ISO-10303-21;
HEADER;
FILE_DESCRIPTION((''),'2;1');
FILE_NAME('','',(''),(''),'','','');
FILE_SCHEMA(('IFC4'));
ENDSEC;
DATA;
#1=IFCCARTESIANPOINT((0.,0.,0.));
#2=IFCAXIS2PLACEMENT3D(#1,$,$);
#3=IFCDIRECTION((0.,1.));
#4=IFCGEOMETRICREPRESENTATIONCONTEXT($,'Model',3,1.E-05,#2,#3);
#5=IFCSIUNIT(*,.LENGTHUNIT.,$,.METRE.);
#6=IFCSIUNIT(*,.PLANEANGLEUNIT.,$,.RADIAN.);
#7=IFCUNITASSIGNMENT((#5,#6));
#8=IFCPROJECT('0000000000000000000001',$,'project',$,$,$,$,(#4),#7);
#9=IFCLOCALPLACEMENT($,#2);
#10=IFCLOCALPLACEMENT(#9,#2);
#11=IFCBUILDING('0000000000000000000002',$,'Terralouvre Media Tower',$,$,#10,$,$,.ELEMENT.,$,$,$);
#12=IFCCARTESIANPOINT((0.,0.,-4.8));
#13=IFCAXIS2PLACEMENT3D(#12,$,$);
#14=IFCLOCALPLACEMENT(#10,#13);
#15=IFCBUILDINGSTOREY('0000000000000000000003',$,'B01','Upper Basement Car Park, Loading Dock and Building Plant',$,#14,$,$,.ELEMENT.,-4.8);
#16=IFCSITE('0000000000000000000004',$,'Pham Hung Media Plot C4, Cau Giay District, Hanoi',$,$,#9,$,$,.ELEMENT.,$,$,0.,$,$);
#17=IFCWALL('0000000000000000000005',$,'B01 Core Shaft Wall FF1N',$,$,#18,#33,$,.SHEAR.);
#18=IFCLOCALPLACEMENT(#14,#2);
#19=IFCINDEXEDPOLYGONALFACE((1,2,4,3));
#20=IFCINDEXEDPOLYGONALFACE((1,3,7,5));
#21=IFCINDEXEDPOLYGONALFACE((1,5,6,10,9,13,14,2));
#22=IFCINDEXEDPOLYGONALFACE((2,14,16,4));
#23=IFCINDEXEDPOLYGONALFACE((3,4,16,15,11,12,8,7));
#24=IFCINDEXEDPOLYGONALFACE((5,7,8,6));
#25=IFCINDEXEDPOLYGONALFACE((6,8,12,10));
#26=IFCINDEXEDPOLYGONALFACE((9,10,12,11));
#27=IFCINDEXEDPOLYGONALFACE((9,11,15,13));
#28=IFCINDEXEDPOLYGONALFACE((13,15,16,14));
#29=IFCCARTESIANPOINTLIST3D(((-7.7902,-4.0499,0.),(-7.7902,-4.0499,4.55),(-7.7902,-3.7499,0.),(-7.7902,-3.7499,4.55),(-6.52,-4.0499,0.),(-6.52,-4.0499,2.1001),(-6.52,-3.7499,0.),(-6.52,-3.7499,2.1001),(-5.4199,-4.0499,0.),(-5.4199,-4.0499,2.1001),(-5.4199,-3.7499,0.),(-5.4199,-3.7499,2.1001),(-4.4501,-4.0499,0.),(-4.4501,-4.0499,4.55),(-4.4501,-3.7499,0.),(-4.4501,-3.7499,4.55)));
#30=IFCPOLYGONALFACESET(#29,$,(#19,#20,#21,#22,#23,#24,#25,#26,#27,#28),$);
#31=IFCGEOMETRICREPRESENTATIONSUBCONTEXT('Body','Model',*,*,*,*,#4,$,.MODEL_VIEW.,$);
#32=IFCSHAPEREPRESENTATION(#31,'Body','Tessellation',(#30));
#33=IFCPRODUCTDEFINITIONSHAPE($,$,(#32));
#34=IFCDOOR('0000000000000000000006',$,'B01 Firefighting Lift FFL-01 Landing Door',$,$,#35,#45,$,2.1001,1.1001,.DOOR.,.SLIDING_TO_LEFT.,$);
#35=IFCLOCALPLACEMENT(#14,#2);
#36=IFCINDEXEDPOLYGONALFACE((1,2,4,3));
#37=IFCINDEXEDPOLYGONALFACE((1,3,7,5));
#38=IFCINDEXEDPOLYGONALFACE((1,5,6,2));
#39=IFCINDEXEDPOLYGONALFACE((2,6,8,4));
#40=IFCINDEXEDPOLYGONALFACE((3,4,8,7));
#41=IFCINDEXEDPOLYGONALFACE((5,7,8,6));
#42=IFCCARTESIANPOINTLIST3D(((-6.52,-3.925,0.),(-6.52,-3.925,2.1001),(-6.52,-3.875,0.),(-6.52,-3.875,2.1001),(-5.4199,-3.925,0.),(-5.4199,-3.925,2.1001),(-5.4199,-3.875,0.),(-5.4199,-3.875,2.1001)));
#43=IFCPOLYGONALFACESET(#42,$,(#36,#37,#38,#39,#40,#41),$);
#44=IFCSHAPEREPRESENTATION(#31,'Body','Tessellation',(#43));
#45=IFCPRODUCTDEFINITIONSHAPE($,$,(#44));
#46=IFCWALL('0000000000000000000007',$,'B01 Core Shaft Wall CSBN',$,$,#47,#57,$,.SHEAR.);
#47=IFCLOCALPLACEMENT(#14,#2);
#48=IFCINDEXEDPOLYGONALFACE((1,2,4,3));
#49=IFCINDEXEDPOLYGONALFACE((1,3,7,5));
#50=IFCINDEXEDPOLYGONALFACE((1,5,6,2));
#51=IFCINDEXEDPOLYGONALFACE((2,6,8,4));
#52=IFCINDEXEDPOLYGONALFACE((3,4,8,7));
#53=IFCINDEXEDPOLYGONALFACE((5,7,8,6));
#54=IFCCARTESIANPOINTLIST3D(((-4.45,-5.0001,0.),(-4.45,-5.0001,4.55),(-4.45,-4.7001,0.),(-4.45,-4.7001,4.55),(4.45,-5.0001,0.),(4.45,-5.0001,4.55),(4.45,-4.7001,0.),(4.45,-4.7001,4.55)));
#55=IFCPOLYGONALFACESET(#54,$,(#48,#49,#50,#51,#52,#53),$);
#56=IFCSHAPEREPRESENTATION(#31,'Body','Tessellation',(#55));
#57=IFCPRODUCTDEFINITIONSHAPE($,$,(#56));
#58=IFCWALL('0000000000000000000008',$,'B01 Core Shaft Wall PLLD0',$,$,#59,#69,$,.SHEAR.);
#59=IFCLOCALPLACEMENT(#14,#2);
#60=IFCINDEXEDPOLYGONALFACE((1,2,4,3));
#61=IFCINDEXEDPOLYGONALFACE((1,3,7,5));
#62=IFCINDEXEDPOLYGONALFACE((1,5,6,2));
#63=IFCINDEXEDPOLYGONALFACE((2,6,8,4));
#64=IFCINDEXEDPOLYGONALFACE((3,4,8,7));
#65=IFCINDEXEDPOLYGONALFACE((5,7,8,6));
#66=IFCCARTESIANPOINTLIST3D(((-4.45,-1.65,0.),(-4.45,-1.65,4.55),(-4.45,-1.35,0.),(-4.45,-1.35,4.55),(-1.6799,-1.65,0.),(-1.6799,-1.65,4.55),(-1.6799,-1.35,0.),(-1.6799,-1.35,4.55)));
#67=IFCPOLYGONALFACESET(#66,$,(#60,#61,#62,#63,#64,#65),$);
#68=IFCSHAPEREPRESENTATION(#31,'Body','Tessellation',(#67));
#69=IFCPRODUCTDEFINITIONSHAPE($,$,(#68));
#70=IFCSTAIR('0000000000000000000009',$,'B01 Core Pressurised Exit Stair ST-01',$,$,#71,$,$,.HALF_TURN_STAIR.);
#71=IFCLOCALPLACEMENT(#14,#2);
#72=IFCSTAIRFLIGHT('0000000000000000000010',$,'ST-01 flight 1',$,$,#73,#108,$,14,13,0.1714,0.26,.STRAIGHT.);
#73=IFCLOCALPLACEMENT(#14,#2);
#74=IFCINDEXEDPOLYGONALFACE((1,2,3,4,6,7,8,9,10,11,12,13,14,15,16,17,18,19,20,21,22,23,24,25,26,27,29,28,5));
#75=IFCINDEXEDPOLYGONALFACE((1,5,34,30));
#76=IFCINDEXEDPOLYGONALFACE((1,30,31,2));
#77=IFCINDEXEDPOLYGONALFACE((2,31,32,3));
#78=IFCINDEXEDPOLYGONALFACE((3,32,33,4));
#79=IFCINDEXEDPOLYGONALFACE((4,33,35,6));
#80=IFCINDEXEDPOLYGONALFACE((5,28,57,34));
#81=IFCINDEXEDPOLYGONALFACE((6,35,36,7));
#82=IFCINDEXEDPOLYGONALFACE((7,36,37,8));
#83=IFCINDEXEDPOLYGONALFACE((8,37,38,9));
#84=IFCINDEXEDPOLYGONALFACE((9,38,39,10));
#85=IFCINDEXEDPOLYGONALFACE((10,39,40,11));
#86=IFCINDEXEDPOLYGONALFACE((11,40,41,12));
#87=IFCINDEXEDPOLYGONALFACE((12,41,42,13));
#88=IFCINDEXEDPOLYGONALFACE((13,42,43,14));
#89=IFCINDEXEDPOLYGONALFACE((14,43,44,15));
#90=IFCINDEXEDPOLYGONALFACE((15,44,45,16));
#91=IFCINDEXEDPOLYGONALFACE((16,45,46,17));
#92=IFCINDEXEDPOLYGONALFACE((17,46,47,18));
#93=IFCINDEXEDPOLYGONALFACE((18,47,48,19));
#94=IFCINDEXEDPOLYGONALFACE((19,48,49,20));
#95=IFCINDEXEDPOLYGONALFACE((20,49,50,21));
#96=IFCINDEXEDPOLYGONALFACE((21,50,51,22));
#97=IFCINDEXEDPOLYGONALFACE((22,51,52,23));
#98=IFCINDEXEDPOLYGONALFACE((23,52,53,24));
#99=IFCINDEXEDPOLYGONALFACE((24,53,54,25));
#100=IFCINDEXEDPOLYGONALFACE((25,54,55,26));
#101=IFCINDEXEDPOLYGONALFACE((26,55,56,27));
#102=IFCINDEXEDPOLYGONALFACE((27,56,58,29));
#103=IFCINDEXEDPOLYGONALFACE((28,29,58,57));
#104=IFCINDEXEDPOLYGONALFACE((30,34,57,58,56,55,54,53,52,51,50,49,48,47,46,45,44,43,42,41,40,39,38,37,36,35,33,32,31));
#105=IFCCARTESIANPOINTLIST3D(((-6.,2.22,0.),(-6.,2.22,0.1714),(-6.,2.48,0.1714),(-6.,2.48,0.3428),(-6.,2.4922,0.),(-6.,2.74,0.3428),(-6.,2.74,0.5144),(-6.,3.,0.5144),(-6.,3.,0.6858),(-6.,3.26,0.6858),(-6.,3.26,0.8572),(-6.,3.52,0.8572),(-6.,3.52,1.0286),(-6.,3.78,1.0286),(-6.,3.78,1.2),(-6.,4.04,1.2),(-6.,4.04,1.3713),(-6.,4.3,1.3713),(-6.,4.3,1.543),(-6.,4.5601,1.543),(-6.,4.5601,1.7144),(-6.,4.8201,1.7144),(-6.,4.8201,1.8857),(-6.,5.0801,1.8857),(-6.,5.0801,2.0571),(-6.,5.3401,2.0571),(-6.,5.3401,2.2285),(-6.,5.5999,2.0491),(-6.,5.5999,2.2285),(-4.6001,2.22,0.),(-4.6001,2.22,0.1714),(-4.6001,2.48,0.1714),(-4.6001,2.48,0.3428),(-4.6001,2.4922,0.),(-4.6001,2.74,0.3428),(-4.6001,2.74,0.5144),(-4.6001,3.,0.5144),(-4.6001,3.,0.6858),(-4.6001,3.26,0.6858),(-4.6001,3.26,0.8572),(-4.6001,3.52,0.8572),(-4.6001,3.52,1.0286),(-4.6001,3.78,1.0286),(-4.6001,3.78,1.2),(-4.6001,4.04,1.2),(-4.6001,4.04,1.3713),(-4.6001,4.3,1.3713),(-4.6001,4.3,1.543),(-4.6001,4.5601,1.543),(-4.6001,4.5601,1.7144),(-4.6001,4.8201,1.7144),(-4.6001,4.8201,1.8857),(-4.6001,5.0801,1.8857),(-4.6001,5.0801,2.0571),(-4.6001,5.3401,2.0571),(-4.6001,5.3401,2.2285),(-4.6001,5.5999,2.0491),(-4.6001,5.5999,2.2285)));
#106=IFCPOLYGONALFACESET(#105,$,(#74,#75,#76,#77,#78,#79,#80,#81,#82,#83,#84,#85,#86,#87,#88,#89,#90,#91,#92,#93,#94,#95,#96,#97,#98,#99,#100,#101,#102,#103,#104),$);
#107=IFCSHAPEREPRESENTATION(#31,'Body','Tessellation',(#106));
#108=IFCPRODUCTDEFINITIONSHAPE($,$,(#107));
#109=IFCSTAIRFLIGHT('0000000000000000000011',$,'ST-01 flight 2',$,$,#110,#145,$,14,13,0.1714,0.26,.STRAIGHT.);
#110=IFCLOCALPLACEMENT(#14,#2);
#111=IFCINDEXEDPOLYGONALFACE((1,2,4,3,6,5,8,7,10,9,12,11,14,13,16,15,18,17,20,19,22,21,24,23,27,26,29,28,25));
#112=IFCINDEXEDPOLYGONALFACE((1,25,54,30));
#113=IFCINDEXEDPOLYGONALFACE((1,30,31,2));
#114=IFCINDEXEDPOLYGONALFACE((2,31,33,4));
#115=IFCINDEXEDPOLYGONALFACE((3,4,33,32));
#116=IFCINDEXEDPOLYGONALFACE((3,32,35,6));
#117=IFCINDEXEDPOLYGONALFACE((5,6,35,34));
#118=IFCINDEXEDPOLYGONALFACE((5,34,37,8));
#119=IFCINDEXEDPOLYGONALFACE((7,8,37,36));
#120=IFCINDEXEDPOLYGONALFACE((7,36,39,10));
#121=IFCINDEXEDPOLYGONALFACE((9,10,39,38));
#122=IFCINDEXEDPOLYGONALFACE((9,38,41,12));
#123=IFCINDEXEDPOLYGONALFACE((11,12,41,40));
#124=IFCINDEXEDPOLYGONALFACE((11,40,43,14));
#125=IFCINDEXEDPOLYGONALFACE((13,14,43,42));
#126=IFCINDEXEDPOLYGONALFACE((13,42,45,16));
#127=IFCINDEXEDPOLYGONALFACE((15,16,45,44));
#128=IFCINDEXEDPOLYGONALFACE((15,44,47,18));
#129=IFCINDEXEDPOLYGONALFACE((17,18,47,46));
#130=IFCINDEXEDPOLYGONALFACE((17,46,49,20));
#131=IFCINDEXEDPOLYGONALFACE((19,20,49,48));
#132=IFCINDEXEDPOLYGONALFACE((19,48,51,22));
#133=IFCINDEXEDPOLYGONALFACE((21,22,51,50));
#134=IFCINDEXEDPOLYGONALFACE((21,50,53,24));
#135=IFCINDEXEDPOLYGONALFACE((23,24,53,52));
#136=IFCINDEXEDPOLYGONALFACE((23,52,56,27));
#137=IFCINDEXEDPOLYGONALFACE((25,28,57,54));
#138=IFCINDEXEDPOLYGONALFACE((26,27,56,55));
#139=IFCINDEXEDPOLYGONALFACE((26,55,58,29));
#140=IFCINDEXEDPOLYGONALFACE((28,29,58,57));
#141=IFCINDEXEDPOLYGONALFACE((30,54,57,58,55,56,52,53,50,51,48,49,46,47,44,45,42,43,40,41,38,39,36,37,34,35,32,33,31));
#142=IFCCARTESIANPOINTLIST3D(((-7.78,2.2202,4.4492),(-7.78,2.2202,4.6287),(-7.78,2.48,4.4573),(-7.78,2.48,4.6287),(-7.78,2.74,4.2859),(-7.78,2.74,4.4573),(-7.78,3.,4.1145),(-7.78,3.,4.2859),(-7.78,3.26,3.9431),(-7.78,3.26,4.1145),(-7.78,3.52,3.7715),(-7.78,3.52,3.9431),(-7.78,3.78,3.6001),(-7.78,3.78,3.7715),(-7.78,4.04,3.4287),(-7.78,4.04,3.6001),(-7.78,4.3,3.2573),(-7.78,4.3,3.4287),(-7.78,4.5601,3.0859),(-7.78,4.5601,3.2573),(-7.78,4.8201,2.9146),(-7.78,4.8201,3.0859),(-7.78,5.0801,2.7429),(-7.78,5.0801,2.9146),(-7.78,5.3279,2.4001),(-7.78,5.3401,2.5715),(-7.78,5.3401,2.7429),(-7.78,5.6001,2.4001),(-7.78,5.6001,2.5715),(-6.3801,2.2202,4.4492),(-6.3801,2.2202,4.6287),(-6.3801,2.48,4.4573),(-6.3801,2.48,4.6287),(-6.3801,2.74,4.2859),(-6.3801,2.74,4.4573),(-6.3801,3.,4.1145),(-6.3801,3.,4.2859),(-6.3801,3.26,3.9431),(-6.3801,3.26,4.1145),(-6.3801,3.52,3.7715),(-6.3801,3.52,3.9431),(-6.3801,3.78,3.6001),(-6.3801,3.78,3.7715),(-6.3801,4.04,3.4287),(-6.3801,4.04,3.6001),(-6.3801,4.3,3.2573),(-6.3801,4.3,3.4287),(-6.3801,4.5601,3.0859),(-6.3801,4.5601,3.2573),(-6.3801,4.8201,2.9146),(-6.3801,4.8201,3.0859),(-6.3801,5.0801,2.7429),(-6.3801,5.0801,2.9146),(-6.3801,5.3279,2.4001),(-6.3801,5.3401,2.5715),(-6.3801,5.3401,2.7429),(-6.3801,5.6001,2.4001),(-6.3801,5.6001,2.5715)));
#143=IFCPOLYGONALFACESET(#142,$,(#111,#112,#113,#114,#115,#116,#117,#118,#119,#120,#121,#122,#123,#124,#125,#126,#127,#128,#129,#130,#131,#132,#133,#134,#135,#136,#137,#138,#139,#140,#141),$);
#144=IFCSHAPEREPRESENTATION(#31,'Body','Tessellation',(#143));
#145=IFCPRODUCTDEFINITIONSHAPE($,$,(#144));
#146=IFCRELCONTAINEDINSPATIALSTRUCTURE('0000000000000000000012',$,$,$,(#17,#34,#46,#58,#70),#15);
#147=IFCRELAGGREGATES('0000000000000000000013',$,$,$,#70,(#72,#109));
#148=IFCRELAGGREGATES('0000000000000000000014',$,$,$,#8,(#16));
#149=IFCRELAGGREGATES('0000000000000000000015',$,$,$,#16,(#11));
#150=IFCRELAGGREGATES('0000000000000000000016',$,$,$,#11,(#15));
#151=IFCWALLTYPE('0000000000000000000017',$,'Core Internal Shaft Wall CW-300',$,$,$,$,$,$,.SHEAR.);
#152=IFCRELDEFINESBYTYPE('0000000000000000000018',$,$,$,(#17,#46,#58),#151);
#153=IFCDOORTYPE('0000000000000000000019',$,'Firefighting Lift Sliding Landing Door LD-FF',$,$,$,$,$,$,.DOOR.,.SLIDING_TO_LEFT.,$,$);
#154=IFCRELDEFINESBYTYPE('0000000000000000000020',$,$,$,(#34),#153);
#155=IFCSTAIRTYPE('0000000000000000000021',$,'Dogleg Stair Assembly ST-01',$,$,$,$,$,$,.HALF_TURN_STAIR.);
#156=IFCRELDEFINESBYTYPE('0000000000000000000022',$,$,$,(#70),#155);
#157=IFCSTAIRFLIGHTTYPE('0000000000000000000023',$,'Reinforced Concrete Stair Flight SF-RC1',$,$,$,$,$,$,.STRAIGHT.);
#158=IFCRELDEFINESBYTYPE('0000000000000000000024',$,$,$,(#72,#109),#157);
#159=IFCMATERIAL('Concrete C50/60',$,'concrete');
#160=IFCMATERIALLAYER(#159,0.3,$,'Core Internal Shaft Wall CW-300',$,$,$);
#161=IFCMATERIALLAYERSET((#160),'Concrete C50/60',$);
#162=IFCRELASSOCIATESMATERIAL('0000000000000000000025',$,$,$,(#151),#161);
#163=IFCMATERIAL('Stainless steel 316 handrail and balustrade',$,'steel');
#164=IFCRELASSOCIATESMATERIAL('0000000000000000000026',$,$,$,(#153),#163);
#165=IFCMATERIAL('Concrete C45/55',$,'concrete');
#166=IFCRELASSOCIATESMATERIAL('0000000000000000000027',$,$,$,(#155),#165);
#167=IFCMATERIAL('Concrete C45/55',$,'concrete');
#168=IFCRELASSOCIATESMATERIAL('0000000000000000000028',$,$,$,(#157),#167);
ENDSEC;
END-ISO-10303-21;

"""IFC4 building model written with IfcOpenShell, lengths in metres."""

from ifc_helpers import new_model, si_unit, direction, frame, frame_2d, origin, place, context, subcontext, project, spatial, polyline, rectangle, outline, extrude, material, layer, layer_set, type_object, element, fill, aggregate, save


model = new_model("IFC4")

# Units and contexts
model_context = context("Model", 3, precision=1e-05, world=origin(), true_north=direction((0.0, 1.0)))
body_context = subcontext(model_context, "Body", "Model", "MODEL_VIEW")
ifc_project = project(units=[si_unit("LENGTHUNIT", "METRE"), si_unit("PLANEANGLEUNIT", "RADIAN")], contexts=[model_context])

# Site, building, storey
site_placement = place(None, origin())
site = spatial("IfcSite", under=ifc_project, at=site_placement, Name="Pham Hung Media Plot C4, Cau Giay District, Hanoi", CompositionType="ELEMENT", RefElevation=0.0)
building_placement = place(site_placement, origin())
building = spatial("IfcBuilding", under=site, at=building_placement, Name="Terralouvre Media Tower", CompositionType="ELEMENT")
storey_placement = place(building_placement, frame((0.0, 0.0, -4.8)))
storey = spatial("IfcBuildingStorey", under=building, at=storey_placement, Name="B01", Description="Upper Basement Car Park, Loading Dock and Building Plant", CompositionType="ELEMENT", Elevation=-4.8)

# Wall, opening, door
ifc_material_1 = material(Name="Concrete C50/60", Category="concrete")
ifc_layer_1 = layer(ifc_material_1, 0.3, Name="Core Internal Shaft Wall CW-300")
ifc_layer_set_1 = layer_set([ifc_layer_1], Name="Concrete C50/60")
wall_type = type_object("IfcWallType", Name="Core Internal Shaft Wall CW-300", PredefinedType="SHEAR", material=ifc_layer_set_1)
wall_1_placement = place(storey_placement, frame((-7.79, -3.8999, 0.0), z_axis=(0.0, 0.0, 1.0), x_axis=(1.0, 0.0, 0.0)))
wall_1 = element("IfcWall", 1, at=wall_1_placement, inside=storey, type_object=wall_type, Name="B01 Core Shaft Wall FF1N", PredefinedType="SHEAR", context=body_context, shape_type="SweptSolid", body=[
    extrude(rectangle(XDim=3.3401, YDim=0.3, at=frame_2d((1.6699, 0.0))), origin(), (0.0, 0.0, 1.0), 4.55),
])
opening_1_placement = place(wall_1_placement, frame((1.27, 0.0, 0.0)))
opening_1 = element("IfcOpeningElement", 2, at=opening_1_placement, cuts=wall_1, PredefinedType="OPENING", context=body_context, shape_type="SweptSolid", body=[
    extrude(rectangle(XDim=1.1001, YDim=2.1001, at=frame_2d((0.55, 1.05))), frame((0.0, 0.1599, 0.0), z_axis=(0.0, -1.0, 0.0), x_axis=(1.0, 0.0, 0.0)), (0.0, 0.0, 1.0), 0.3201),
])
ifc_material_2 = material(Name="Stainless steel 316 handrail and balustrade", Category="steel")
door_type_1 = type_object("IfcDoorType", Name="Firefighting Lift Sliding Landing Door LD-FF", OperationType="SLIDING_TO_LEFT", PredefinedType="DOOR", material=ifc_material_2)
door_1_placement = place(opening_1_placement, origin())
door_1 = element("IfcDoor", 3, at=door_1_placement, inside=storey, type_object=door_type_1, Name="B01 Firefighting Lift FFL-01 Landing Door", OperationType="SLIDING_TO_LEFT", OverallHeight=2.1001, OverallWidth=1.1001, PredefinedType="DOOR", context=body_context, shape_type="SweptSolid", body=[
    extrude(rectangle(XDim=1.1001, YDim=2.1001, at=frame_2d((0.55, 1.05))), frame((0.0, 0.0249, 0.0), z_axis=(0.0, -1.0, 0.0), x_axis=(1.0, 0.0, 0.0)), (0.0, 0.0, 1.0), 0.05),
])
fill(opening_1, door_1)

# Walls
wall_2_placement = place(storey_placement, frame((-4.45, -4.8501, 0.0), z_axis=(0.0, 0.0, 1.0), x_axis=(1.0, 0.0, 0.0)))
element("IfcWall", 4, at=wall_2_placement, inside=storey, type_object=wall_type, Name="B01 Core Shaft Wall CSBN", PredefinedType="SHEAR", context=body_context, shape_type="SweptSolid", body=[
    extrude(rectangle(XDim=8.8999, YDim=0.3, at=frame_2d((4.45, 0.0))), origin(), (0.0, 0.0, 1.0), 4.55),
])
wall_3_placement = place(storey_placement, frame((-4.45, -1.5, 0.0), z_axis=(0.0, 0.0, 1.0), x_axis=(1.0, 0.0, 0.0)))
element("IfcWall", 5, at=wall_3_placement, inside=storey, type_object=wall_type, Name="B01 Core Shaft Wall PLLD0", PredefinedType="SHEAR", context=body_context, shape_type="SweptSolid", body=[
    extrude(rectangle(XDim=2.77, YDim=0.3, at=frame_2d((1.385, 0.0))), origin(), (0.0, 0.0, 1.0), 4.55),
])

# Stair, stair flights
ifc_material_3 = material(Name="Concrete C45/55", Category="concrete")
stair_type = type_object("IfcStairType", Name="Dogleg Stair Assembly ST-01", PredefinedType="HALF_TURN_STAIR", material=ifc_material_3)
stair_placement = place(storey_placement, origin())
stair = element("IfcStair", 6, at=stair_placement, inside=storey, type_object=stair_type, Name="B01 Core Pressurised Exit Stair ST-01", PredefinedType="HALF_TURN_STAIR")
ifc_material_4 = material(Name="Concrete C45/55", Category="concrete")
stair_flight_type = type_object("IfcStairFlightType", Name="Reinforced Concrete Stair Flight SF-RC1", PredefinedType="STRAIGHT", material=ifc_material_4)
stair_flight_1_placement = place(storey_placement, frame((-5.3, 2.22, 0.0), z_axis=(0.0, 0.0, 1.0), x_axis=(0.0, 1.0, 0.0)))
stair_flight_1 = element("IfcStairFlight", 7, at=stair_flight_1_placement, type_object=stair_flight_type, Name="ST-01 flight 1", NumberOfRisers=14, NumberOfTreads=13, PredefinedType="STRAIGHT", RiserHeight=0.1714, TreadLength=0.26, context=body_context, shape_type="SweptSolid", body=[
    extrude(outline(polyline([(0.0, 0.0), (0.0, 0.1714), (0.26, 0.1714), (0.26, 0.3428), (0.52, 0.3428), (0.52, 0.5144), (0.78, 0.5144), (0.78, 0.6858), (1.04, 0.6858), (1.04, 0.8572), (1.3, 0.8572), (1.3, 1.0286), (1.5601, 1.0286), (1.5601, 1.2), (1.8201, 1.2), (1.8201, 1.3713), (2.0801, 1.3713), (2.0801, 1.543), (2.3401, 1.543), (2.3401, 1.7144), (2.6001, 1.7144), (2.6001, 1.8857), (2.8601, 1.8857), (2.8601, 2.0571), (3.1201, 2.0571), (3.1201, 2.2285), (3.3799, 2.2285), (3.3799, 2.3999), (3.3799, 2.0491), (0.2722, 0.0), (0.0, 0.0)])), frame((0.0, 0.7, 0.0), z_axis=(0.0, -1.0, 0.0), x_axis=(1.0, 0.0, 0.0)), (0.0, 0.0, 1.0), 1.3999),
])
stair_flight_2_placement = place(storey_placement, frame((-7.0801, 5.6001, 2.4001), z_axis=(0.0, 0.0, 1.0), x_axis=(0.0, -1.0, 0.0)))
stair_flight_2 = element("IfcStairFlight", 8, at=stair_flight_2_placement, type_object=stair_flight_type, Name="ST-01 flight 2", NumberOfRisers=14, NumberOfTreads=13, PredefinedType="STRAIGHT", RiserHeight=0.1714, TreadLength=0.26, context=body_context, shape_type="SweptSolid", body=[
    extrude(outline(polyline([(0.0, 0.0), (0.0, 0.1714), (0.26, 0.1714), (0.26, 0.3428), (0.52, 0.3428), (0.52, 0.5144), (0.78, 0.5144), (0.78, 0.6858), (1.04, 0.6858), (1.04, 0.8572), (1.3, 0.8572), (1.3, 1.0286), (1.5601, 1.0286), (1.5601, 1.2), (1.8201, 1.2), (1.8201, 1.3713), (2.0801, 1.3713), (2.0801, 1.543), (2.3401, 1.543), (2.3401, 1.7144), (2.6001, 1.7144), (2.6001, 1.8857), (2.8601, 1.8857), (2.8601, 2.0571), (3.1201, 2.0571), (3.1201, 2.2285), (3.3799, 2.2285), (3.3799, 2.3999), (3.3799, 2.0491), (0.2722, 0.0), (0.0, 0.0)])), frame((0.0, 0.7, 0.0), z_axis=(0.0, -1.0, 0.0), x_axis=(1.0, 0.0, 0.0)), (0.0, 0.0, 1.0), 1.3999),
])
aggregate(stair, [stair_flight_1, stair_flight_2])

save(model, "model.ifc")
